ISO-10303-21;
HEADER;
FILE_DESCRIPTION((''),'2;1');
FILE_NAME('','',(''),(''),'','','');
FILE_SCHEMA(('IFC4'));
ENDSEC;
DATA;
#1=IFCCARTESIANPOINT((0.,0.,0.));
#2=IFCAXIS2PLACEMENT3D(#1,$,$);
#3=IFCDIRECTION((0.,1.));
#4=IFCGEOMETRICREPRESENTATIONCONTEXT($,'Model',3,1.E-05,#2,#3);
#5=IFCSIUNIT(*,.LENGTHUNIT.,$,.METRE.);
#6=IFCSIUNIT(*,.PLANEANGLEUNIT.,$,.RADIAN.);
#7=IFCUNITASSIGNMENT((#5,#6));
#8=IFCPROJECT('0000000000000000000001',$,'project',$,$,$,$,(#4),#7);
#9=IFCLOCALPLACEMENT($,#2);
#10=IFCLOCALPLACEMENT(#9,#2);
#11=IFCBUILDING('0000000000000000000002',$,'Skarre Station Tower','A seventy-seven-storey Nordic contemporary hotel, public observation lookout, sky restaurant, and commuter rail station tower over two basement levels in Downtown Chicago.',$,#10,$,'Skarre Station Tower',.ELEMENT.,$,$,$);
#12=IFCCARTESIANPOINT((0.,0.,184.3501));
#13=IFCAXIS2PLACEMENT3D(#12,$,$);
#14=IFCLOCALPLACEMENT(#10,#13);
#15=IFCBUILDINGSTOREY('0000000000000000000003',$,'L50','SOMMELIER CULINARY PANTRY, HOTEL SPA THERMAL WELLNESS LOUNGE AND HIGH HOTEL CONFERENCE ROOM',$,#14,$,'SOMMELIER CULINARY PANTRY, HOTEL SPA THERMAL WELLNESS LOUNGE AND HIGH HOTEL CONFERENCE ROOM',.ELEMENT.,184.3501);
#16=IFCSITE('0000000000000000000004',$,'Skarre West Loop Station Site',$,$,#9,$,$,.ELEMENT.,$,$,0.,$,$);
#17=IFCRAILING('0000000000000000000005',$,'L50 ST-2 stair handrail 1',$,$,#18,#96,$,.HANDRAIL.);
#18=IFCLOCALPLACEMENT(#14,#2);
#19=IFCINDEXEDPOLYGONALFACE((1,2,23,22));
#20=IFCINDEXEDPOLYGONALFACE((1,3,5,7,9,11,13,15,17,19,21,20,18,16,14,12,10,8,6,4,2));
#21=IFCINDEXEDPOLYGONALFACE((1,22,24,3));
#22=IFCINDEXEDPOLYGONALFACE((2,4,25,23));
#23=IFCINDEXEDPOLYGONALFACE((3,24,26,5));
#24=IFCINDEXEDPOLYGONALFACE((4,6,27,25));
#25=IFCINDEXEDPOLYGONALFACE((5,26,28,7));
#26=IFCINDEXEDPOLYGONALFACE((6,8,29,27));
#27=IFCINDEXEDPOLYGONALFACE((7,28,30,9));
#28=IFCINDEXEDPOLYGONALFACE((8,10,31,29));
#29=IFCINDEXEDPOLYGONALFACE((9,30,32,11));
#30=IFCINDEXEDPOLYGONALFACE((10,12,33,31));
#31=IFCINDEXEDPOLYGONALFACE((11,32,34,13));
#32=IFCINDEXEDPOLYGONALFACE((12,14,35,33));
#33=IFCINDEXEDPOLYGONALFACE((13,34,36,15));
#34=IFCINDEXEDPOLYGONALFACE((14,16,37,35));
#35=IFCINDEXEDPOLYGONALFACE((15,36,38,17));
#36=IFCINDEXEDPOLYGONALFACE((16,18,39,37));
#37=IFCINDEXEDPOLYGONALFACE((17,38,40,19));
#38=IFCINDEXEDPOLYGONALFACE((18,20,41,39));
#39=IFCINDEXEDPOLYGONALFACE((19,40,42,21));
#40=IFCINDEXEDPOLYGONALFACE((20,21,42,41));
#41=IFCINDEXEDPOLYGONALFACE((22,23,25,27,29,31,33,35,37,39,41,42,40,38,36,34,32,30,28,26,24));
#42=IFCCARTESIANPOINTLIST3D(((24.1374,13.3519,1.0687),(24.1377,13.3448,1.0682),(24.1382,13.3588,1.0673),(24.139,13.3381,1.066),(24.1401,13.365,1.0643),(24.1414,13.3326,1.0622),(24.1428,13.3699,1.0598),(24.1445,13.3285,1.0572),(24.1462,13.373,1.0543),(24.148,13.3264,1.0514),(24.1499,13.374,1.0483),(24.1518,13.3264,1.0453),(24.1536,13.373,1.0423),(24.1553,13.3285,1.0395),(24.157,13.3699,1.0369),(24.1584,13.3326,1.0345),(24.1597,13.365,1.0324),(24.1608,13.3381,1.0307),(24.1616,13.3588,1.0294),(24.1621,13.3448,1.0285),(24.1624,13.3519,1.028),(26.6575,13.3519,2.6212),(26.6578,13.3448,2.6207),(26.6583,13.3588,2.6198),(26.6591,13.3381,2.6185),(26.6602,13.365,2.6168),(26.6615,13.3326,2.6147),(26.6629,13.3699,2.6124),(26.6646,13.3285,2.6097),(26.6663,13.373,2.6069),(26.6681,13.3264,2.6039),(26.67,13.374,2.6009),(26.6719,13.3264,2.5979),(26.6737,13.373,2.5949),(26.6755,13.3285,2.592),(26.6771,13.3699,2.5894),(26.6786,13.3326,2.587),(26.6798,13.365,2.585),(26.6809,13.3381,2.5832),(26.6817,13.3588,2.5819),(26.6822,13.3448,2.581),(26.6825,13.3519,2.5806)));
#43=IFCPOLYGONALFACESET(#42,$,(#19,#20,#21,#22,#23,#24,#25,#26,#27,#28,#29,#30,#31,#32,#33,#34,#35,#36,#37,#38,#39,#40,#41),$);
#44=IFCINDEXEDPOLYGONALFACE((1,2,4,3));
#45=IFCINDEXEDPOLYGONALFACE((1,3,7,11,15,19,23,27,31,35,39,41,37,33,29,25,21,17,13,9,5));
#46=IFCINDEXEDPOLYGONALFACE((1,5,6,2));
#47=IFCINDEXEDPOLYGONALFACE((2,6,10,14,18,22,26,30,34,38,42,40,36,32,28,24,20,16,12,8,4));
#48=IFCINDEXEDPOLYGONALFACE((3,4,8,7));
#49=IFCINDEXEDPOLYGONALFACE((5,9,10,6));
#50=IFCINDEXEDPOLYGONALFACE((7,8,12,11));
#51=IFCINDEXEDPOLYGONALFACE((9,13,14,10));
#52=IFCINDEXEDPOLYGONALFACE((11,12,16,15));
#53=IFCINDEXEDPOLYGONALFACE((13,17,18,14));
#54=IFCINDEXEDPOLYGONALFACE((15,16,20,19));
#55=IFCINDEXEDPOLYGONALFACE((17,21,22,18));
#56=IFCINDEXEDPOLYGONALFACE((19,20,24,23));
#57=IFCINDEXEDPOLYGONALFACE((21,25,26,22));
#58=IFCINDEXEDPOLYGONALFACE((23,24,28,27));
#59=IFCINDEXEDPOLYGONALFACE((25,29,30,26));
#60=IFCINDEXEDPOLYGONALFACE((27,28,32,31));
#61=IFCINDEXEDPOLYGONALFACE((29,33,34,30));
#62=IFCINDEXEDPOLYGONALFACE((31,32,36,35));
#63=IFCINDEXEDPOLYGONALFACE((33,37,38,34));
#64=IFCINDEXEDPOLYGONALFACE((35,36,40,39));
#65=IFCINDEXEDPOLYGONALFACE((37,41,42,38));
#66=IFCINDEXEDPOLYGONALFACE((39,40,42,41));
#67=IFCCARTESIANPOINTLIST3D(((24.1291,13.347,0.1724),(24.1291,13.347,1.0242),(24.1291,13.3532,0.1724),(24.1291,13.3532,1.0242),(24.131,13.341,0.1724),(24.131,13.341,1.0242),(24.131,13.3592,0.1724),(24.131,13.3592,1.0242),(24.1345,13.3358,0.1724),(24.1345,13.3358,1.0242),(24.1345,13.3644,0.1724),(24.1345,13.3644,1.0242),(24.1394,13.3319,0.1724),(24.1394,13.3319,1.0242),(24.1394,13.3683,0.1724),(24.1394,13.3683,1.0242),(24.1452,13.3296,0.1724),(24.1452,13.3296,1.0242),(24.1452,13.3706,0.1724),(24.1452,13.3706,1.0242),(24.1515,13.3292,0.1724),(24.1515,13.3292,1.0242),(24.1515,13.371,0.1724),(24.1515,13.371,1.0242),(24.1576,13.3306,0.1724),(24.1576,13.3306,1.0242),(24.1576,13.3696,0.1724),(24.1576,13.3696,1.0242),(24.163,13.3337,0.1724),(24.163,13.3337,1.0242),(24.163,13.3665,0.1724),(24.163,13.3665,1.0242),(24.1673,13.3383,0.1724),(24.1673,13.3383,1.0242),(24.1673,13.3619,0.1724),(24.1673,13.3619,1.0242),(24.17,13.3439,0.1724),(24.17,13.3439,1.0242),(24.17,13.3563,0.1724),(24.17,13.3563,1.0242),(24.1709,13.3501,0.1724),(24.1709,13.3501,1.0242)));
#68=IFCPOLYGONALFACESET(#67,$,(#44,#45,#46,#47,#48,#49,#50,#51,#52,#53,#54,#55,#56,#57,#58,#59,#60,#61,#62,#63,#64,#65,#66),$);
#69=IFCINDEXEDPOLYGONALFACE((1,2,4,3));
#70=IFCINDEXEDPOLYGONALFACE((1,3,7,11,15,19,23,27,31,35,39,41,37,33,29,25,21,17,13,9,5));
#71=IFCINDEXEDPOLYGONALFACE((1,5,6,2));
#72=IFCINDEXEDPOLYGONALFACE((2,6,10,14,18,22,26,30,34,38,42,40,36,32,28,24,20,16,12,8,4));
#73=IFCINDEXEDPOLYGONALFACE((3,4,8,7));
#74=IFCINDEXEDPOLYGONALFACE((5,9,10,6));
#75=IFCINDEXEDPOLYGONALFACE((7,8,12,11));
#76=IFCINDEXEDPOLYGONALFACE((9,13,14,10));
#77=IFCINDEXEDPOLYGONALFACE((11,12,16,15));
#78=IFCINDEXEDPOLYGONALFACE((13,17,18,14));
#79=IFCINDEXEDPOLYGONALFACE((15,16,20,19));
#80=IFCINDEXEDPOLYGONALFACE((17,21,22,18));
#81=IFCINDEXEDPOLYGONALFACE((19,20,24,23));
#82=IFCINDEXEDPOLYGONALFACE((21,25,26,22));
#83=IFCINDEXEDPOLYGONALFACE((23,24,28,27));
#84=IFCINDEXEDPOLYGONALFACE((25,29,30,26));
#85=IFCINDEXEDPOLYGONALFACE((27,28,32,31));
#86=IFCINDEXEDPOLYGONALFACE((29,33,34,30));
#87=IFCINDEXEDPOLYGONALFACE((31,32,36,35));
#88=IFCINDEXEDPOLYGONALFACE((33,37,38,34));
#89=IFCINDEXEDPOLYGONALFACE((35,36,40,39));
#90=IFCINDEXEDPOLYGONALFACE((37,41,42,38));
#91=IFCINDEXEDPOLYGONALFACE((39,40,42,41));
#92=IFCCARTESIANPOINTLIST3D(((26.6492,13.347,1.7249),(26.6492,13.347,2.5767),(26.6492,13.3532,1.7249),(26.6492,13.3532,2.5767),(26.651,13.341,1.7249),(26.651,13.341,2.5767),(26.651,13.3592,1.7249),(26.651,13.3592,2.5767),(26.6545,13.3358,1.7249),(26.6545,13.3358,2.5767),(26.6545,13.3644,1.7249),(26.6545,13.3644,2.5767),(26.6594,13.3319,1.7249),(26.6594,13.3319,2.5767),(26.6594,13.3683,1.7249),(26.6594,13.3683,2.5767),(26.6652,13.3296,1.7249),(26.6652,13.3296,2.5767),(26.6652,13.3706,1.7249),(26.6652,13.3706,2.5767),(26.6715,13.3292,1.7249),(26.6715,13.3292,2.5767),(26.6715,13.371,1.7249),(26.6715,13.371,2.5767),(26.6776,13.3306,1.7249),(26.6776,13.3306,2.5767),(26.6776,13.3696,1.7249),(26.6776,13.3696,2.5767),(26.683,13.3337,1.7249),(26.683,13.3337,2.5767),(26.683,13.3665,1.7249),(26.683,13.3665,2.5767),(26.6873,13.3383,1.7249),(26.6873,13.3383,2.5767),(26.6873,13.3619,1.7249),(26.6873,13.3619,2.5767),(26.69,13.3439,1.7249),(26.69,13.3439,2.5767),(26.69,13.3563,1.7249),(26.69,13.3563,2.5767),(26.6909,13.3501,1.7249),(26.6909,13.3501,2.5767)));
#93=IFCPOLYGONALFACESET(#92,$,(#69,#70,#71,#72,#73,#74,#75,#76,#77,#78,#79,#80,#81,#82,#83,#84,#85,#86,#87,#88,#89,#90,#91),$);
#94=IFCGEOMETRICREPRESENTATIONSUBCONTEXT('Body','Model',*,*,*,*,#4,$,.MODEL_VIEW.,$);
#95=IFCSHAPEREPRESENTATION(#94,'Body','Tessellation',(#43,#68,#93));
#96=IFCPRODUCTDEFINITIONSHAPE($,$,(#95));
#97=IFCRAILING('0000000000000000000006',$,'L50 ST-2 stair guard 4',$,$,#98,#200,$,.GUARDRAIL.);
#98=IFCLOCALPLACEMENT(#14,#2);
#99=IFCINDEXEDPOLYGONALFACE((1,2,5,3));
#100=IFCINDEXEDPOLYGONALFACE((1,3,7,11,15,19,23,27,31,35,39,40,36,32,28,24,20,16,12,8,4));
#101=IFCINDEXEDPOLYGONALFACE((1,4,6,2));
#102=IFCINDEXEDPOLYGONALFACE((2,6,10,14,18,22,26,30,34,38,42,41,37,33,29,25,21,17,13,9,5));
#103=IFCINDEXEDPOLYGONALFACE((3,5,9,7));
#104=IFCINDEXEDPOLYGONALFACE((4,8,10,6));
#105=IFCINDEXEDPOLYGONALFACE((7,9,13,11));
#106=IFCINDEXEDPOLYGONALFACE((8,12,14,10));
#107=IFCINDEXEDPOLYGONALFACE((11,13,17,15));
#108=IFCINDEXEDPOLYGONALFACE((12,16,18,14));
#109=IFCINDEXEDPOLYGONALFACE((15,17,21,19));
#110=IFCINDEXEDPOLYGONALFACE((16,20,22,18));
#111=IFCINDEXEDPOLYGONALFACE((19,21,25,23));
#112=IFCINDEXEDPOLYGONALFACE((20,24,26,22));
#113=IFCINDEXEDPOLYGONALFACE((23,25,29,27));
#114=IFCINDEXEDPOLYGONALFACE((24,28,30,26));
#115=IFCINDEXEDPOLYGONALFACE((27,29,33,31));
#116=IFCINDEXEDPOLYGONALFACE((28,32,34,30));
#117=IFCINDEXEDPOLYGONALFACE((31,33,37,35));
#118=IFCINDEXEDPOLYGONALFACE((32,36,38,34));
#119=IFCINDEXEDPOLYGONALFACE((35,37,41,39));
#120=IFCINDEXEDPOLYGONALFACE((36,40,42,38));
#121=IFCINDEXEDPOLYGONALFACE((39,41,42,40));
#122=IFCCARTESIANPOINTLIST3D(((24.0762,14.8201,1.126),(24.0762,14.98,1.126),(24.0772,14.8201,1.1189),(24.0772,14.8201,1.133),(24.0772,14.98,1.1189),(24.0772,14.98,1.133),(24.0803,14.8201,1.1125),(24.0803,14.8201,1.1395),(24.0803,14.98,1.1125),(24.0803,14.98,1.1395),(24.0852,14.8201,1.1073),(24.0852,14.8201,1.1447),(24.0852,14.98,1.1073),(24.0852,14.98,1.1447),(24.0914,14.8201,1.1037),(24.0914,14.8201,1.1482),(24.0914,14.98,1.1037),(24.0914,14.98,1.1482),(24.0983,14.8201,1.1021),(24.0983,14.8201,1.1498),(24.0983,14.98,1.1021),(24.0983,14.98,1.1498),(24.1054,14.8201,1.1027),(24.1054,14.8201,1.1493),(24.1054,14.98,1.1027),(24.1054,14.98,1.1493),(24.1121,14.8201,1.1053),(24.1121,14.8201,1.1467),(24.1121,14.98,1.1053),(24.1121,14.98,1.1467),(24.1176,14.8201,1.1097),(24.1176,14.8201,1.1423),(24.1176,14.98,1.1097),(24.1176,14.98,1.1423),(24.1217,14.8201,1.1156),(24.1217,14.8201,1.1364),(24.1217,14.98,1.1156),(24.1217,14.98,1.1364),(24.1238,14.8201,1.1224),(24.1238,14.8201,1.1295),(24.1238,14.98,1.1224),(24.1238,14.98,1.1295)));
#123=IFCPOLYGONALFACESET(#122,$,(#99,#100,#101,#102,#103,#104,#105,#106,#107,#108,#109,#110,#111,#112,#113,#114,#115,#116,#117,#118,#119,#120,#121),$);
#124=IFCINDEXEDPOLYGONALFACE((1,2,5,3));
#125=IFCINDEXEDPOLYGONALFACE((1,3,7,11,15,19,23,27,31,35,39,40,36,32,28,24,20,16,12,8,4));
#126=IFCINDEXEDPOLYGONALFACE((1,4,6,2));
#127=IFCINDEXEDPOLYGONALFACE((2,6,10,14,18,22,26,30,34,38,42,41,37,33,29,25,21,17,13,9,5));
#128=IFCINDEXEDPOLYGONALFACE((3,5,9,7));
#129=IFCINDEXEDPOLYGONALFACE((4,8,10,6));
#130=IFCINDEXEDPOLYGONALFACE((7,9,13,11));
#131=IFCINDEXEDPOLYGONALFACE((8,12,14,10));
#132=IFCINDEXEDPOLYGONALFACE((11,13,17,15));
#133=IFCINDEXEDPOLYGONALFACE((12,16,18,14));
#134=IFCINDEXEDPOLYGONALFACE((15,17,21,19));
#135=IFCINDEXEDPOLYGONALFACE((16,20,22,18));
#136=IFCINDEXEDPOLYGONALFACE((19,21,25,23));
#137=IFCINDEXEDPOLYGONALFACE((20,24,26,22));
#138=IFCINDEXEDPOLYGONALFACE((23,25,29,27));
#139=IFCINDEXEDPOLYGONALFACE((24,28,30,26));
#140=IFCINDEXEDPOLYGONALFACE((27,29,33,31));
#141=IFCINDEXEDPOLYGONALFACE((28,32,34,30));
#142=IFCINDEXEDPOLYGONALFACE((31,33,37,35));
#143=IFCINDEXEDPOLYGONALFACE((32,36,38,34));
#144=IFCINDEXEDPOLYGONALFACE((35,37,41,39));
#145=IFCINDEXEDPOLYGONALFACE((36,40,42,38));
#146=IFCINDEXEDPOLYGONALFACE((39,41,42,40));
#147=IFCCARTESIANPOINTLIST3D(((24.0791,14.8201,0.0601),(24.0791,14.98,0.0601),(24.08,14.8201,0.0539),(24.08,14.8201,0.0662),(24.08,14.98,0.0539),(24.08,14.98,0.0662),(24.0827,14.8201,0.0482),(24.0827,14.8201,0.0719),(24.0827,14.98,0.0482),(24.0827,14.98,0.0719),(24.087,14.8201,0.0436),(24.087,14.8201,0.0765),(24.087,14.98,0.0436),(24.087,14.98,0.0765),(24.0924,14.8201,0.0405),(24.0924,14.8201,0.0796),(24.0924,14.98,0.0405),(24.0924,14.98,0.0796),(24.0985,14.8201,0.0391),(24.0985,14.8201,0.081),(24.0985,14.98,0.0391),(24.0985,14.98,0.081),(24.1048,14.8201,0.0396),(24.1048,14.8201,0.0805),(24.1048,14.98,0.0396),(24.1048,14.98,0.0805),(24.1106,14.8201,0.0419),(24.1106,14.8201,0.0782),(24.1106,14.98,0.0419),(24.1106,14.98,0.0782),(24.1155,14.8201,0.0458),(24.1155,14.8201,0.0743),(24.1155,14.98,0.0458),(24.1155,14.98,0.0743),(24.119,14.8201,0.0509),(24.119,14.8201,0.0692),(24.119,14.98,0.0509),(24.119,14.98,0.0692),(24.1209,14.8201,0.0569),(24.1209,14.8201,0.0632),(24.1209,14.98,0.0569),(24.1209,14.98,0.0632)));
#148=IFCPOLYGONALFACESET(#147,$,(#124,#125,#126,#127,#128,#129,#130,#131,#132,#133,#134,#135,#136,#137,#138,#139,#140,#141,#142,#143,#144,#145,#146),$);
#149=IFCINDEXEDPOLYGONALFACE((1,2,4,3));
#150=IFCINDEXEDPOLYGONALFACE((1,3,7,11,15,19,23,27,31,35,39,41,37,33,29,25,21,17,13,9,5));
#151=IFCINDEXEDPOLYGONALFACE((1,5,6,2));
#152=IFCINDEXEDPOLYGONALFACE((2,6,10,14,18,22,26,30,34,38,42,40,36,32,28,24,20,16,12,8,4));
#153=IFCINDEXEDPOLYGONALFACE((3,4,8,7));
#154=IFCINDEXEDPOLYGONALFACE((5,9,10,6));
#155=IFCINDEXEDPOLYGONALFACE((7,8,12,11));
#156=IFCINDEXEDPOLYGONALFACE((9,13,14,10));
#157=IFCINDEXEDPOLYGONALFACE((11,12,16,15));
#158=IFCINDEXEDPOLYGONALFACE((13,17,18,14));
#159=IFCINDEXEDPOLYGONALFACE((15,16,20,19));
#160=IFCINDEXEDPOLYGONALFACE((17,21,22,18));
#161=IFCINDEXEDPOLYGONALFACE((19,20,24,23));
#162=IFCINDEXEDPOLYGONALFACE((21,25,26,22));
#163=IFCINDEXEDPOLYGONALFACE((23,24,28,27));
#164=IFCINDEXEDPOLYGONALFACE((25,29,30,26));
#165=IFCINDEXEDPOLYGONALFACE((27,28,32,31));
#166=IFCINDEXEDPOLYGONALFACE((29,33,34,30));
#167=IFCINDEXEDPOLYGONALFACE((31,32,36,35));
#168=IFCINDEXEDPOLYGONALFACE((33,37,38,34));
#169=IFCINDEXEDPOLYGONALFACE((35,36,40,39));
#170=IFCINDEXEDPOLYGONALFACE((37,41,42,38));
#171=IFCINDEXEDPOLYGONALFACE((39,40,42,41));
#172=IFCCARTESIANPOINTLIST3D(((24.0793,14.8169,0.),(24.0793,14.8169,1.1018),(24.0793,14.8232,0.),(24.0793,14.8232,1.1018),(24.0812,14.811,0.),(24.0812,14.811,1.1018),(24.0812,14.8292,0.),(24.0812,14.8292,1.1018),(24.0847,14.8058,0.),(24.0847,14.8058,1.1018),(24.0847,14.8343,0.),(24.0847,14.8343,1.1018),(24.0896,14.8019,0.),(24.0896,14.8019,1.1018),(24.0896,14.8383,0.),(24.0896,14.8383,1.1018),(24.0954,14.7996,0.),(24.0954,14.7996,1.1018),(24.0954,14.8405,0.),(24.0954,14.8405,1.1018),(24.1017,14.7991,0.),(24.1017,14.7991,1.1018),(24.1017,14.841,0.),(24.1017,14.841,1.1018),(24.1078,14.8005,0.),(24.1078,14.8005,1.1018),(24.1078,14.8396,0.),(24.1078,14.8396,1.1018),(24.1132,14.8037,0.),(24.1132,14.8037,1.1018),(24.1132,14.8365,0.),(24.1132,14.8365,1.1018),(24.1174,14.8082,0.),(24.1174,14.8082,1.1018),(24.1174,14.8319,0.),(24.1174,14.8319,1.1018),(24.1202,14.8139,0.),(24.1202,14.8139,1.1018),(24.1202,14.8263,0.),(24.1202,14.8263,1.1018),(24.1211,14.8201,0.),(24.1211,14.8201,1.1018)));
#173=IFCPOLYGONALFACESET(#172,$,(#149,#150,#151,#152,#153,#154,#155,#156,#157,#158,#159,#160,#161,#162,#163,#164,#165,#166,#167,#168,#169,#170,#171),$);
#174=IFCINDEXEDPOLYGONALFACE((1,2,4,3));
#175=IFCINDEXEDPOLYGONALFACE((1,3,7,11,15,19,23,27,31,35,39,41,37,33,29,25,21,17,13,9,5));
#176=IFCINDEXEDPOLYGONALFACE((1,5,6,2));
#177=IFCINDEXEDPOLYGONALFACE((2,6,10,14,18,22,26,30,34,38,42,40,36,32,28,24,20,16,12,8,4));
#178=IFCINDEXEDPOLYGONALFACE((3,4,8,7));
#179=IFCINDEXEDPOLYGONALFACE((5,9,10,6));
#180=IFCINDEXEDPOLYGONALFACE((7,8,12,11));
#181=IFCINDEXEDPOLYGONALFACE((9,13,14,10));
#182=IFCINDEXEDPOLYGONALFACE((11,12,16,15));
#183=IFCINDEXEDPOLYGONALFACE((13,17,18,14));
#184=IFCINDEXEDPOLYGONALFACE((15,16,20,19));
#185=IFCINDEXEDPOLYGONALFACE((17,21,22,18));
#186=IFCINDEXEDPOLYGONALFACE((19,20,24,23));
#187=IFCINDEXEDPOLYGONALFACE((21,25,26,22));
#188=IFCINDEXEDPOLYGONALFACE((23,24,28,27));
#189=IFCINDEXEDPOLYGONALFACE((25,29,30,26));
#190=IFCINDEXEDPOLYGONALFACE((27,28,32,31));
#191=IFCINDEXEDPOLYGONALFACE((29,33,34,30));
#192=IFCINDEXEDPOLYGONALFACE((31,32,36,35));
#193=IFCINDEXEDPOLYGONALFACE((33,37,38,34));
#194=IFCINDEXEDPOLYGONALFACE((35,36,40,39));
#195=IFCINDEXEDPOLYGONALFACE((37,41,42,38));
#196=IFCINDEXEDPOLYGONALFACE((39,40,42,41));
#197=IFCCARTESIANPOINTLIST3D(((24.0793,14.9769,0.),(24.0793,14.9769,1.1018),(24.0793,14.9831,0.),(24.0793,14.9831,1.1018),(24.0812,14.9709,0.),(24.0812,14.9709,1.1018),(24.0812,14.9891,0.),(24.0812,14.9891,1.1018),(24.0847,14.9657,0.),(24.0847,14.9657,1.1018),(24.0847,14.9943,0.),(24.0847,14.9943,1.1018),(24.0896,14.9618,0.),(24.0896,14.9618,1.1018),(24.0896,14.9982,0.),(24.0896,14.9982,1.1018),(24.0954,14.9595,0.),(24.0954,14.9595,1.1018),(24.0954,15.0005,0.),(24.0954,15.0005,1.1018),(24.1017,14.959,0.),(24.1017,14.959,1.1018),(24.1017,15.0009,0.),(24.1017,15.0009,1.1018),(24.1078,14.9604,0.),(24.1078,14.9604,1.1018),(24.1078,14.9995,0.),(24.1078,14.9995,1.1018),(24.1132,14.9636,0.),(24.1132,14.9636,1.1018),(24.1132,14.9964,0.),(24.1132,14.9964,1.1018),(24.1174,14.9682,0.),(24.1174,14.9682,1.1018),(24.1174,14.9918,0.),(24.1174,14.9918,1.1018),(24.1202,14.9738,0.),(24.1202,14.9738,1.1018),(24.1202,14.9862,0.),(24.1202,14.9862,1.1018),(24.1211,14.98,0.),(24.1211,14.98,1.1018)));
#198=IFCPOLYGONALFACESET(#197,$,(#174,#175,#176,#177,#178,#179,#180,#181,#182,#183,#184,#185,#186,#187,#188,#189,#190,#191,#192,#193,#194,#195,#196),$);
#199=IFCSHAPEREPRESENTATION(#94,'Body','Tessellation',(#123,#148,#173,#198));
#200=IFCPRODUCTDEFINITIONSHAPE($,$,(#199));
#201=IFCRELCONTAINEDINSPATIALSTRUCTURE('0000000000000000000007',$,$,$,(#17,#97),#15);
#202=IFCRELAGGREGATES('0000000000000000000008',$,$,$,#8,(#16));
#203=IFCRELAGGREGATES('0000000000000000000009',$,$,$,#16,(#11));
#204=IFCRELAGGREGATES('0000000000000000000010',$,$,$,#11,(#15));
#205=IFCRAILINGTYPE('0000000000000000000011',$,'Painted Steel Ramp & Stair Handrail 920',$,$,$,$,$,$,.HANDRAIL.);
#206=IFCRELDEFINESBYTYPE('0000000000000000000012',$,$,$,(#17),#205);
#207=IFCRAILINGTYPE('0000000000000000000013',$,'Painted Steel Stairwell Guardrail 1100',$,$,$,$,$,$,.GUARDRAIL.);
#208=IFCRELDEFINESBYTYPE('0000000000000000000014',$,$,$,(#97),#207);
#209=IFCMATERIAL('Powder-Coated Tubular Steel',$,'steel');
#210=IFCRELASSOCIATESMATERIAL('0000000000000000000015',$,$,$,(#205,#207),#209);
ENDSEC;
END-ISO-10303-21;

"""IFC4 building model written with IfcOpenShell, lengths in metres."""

from ifc_helpers import new_model, si_unit, direction, frame, origin, origin_2d, place, context, subcontext, project, spatial, circle, extrude, material, type_object, element, save


model = new_model("IFC4")

# Units and contexts
model_context = context("Model", 3, precision=1e-05, world=origin(), true_north=direction((0.0, 1.0)))
body_context = subcontext(model_context, "Body", "Model", "MODEL_VIEW")
ifc_project = project(units=[si_unit("LENGTHUNIT", "METRE"), si_unit("PLANEANGLEUNIT", "RADIAN")], contexts=[model_context])

# Site, building, storey
site_placement = place(None, origin())
site = spatial("IfcSite", under=ifc_project, at=site_placement, Name="Skarre West Loop Station Site", CompositionType="ELEMENT", RefElevation=0.0)
building_placement = place(site_placement, origin())
building = spatial("IfcBuilding", under=site, at=building_placement, Name="Skarre Station Tower", Description="A seventy-seven-storey Nordic contemporary hotel, public observation lookout, sky restaurant, and commuter rail station tower over two basement levels in Downtown Chicago.", LongName="Skarre Station Tower", CompositionType="ELEMENT")
storey_placement = place(building_placement, frame((0.0, 0.0, 184.3501)))
storey = spatial("IfcBuildingStorey", under=building, at=storey_placement, Name="L50", Description="SOMMELIER CULINARY PANTRY, HOTEL SPA THERMAL WELLNESS LOUNGE AND HIGH HOTEL CONFERENCE ROOM", LongName="SOMMELIER CULINARY PANTRY, HOTEL SPA THERMAL WELLNESS LOUNGE AND HIGH HOTEL CONFERENCE ROOM", CompositionType="ELEMENT", Elevation=184.3501)

# Railings
ifc_material_1 = material(Name="Powder-Coated Tubular Steel", Category="steel")
railing_type_1 = type_object("IfcRailingType", Name="Painted Steel Ramp & Stair Handrail 920", PredefinedType="HANDRAIL", material=ifc_material_1)
railing_1_placement = place(storey_placement, frame((24.1499, 13.3501, 0.1724)))
element("IfcRailing", 1, at=railing_1_placement, inside=storey, type_object=railing_type_1, Name="L50 ST-2 stair handrail 1", PredefinedType="HANDRAIL", context=body_context, shape_type="SweptSolid", body=[
    extrude(circle(Radius=0.0239, at=origin_2d()), frame((0.0, 0.0, 0.876), z_axis=(0.8514, 0.0, 0.524516), x_axis=(0.0, 1.0, 0.0)), (0.0, 0.0, 1.0), 2.96),
    extrude(circle(Radius=0.021, at=origin_2d()), origin(), (0.0, 0.0, 1.0), 0.8518),
    extrude(circle(Radius=0.021, at=origin_2d()), frame((2.52, 0.0, 1.5525)), (0.0, 0.0, 1.0), 0.8518),
])
railing_type_2 = type_object("IfcRailingType", Name="Painted Steel Stairwell Guardrail 1100", PredefinedType="GUARDRAIL", material=ifc_material_1)
railing_2_placement = place(storey_placement, frame((24.1001, 14.8201, 0.0)))
element("IfcRailing", 2, at=railing_2_placement, inside=storey, type_object=railing_type_2, Name="L50 ST-2 stair guard 4", PredefinedType="GUARDRAIL", context=body_context, shape_type="SweptSolid", body=[
    extrude(circle(Radius=0.0239, at=origin_2d()), frame((0.0, 0.0, 1.126), z_axis=(0.0, 1.0, 0.0), x_axis=(-1.0, 0.0, 0.0)), (0.0, 0.0, 1.0), 0.1599),
    extrude(circle(Radius=0.021, at=origin_2d()), frame((0.0, 0.0, 0.0601), z_axis=(0.0, 1.0, 0.0), x_axis=(-1.0, 0.0, 0.0)), (0.0, 0.0, 1.0), 0.1599),
    extrude(circle(Radius=0.021, at=origin_2d()), origin(), (0.0, 0.0, 1.0), 1.1018),
    extrude(circle(Radius=0.021, at=origin_2d()), frame((0.0, 0.1599, 0.0)), (0.0, 0.0, 1.0), 1.1018),
])

save(model, "model.ifc")
